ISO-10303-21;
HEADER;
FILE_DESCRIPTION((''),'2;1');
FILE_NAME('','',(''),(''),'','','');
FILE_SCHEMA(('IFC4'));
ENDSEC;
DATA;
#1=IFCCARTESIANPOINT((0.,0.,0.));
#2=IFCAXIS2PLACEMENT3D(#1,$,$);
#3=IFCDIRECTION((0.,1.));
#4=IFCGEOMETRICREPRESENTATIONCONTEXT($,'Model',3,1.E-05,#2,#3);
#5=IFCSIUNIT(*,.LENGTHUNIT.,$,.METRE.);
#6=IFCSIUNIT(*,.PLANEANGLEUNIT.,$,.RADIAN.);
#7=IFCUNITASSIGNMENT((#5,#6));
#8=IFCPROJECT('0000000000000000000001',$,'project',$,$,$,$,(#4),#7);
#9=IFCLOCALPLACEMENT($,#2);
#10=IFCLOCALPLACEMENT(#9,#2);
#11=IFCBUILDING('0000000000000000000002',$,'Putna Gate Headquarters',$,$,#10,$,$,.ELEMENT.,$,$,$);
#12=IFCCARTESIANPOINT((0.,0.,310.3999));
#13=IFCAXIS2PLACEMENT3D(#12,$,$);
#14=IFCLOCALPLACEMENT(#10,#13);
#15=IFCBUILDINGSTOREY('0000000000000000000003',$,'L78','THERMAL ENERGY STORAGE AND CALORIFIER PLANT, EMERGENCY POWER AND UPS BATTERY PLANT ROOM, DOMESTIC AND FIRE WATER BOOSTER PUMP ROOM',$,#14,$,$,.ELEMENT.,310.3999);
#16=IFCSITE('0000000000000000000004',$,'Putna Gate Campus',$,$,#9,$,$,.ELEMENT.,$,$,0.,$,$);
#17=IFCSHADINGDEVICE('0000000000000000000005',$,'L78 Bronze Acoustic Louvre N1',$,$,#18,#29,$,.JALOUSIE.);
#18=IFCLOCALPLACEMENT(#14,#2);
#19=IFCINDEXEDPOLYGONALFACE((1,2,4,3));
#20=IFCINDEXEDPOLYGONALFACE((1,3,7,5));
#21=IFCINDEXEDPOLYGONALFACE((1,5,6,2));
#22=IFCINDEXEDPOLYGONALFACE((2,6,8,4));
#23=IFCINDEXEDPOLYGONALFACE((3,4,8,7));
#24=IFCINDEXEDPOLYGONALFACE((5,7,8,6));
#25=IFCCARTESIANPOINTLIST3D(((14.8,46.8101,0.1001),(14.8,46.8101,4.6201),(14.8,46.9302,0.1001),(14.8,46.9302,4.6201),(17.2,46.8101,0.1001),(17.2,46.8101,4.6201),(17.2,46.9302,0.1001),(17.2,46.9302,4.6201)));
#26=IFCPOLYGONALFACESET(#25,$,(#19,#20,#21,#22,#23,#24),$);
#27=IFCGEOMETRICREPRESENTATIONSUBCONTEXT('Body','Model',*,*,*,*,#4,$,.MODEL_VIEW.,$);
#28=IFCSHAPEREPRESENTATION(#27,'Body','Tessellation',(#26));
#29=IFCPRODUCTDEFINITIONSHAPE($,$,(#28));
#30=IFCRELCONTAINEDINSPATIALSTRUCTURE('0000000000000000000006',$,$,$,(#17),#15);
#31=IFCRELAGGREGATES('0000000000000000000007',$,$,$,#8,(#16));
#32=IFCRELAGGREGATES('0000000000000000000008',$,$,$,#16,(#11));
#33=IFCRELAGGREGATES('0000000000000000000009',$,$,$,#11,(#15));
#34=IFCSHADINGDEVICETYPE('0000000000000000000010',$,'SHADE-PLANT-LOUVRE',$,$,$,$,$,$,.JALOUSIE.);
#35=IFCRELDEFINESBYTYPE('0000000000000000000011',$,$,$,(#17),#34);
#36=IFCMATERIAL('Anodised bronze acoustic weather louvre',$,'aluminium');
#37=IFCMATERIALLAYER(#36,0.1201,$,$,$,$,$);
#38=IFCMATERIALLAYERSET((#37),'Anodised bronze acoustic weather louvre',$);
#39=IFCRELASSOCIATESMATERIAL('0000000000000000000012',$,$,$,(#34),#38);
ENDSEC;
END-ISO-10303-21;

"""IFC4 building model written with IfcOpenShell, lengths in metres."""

from ifc_helpers import new_model, si_unit, direction, frame, origin, origin_2d, place, context, subcontext, project, spatial, rectangle, extrude, material, layer, layer_set, type_object, element, save


model = new_model("IFC4")

# Units and contexts
model_context = context("Model", 3, precision=1e-05, world=origin(), true_north=direction((0.0, 1.0)))
body_context = subcontext(model_context, "Body", "Model", "MODEL_VIEW")
ifc_project = project(units=[si_unit("LENGTHUNIT", "METRE"), si_unit("PLANEANGLEUNIT", "RADIAN")], contexts=[model_context])

# Site, building, storey
site_placement = place(None, origin())
site = spatial("IfcSite", under=ifc_project, at=site_placement, Name="Putna Gate Campus", CompositionType="ELEMENT", RefElevation=0.0)
building_placement = place(site_placement, origin())
building = spatial("IfcBuilding", under=site, at=building_placement, Name="Putna Gate Headquarters", CompositionType="ELEMENT")
storey_placement = place(building_placement, frame((0.0, 0.0, 310.3999)))
storey = spatial("IfcBuildingStorey", under=building, at=storey_placement, Name="L78", Description="THERMAL ENERGY STORAGE AND CALORIFIER PLANT, EMERGENCY POWER AND UPS BATTERY PLANT ROOM, DOMESTIC AND FIRE WATER BOOSTER PUMP ROOM", CompositionType="ELEMENT", Elevation=310.3999)

# Shading device
ifc_material_1 = material(Name="Anodised bronze acoustic weather louvre", Category="aluminium")
ifc_layer_1 = layer(ifc_material_1, 0.1201)
ifc_layer_set_1 = layer_set([ifc_layer_1], Name="Anodised bronze acoustic weather louvre")
shading_device_type = type_object("IfcShadingDeviceType", Name="SHADE-PLANT-LOUVRE", PredefinedType="JALOUSIE", material=ifc_layer_set_1)
shading_device_placement = place(storey_placement, frame((16.0, 46.8701, 0.1001), z_axis=(0.0, 0.0, 1.0), x_axis=(1.0, 0.0, 0.0)))
element("IfcShadingDevice", 1, at=shading_device_placement, inside=storey, type_object=shading_device_type, Name="L78 Bronze Acoustic Louvre N1", PredefinedType="JALOUSIE", context=body_context, shape_type="SweptSolid", body=[
    extrude(rectangle(XDim=2.3999, YDim=0.1201, at=origin_2d()), origin(), (0.0, 0.0, 1.0), 4.52),
])

save(model, "model.ifc")
